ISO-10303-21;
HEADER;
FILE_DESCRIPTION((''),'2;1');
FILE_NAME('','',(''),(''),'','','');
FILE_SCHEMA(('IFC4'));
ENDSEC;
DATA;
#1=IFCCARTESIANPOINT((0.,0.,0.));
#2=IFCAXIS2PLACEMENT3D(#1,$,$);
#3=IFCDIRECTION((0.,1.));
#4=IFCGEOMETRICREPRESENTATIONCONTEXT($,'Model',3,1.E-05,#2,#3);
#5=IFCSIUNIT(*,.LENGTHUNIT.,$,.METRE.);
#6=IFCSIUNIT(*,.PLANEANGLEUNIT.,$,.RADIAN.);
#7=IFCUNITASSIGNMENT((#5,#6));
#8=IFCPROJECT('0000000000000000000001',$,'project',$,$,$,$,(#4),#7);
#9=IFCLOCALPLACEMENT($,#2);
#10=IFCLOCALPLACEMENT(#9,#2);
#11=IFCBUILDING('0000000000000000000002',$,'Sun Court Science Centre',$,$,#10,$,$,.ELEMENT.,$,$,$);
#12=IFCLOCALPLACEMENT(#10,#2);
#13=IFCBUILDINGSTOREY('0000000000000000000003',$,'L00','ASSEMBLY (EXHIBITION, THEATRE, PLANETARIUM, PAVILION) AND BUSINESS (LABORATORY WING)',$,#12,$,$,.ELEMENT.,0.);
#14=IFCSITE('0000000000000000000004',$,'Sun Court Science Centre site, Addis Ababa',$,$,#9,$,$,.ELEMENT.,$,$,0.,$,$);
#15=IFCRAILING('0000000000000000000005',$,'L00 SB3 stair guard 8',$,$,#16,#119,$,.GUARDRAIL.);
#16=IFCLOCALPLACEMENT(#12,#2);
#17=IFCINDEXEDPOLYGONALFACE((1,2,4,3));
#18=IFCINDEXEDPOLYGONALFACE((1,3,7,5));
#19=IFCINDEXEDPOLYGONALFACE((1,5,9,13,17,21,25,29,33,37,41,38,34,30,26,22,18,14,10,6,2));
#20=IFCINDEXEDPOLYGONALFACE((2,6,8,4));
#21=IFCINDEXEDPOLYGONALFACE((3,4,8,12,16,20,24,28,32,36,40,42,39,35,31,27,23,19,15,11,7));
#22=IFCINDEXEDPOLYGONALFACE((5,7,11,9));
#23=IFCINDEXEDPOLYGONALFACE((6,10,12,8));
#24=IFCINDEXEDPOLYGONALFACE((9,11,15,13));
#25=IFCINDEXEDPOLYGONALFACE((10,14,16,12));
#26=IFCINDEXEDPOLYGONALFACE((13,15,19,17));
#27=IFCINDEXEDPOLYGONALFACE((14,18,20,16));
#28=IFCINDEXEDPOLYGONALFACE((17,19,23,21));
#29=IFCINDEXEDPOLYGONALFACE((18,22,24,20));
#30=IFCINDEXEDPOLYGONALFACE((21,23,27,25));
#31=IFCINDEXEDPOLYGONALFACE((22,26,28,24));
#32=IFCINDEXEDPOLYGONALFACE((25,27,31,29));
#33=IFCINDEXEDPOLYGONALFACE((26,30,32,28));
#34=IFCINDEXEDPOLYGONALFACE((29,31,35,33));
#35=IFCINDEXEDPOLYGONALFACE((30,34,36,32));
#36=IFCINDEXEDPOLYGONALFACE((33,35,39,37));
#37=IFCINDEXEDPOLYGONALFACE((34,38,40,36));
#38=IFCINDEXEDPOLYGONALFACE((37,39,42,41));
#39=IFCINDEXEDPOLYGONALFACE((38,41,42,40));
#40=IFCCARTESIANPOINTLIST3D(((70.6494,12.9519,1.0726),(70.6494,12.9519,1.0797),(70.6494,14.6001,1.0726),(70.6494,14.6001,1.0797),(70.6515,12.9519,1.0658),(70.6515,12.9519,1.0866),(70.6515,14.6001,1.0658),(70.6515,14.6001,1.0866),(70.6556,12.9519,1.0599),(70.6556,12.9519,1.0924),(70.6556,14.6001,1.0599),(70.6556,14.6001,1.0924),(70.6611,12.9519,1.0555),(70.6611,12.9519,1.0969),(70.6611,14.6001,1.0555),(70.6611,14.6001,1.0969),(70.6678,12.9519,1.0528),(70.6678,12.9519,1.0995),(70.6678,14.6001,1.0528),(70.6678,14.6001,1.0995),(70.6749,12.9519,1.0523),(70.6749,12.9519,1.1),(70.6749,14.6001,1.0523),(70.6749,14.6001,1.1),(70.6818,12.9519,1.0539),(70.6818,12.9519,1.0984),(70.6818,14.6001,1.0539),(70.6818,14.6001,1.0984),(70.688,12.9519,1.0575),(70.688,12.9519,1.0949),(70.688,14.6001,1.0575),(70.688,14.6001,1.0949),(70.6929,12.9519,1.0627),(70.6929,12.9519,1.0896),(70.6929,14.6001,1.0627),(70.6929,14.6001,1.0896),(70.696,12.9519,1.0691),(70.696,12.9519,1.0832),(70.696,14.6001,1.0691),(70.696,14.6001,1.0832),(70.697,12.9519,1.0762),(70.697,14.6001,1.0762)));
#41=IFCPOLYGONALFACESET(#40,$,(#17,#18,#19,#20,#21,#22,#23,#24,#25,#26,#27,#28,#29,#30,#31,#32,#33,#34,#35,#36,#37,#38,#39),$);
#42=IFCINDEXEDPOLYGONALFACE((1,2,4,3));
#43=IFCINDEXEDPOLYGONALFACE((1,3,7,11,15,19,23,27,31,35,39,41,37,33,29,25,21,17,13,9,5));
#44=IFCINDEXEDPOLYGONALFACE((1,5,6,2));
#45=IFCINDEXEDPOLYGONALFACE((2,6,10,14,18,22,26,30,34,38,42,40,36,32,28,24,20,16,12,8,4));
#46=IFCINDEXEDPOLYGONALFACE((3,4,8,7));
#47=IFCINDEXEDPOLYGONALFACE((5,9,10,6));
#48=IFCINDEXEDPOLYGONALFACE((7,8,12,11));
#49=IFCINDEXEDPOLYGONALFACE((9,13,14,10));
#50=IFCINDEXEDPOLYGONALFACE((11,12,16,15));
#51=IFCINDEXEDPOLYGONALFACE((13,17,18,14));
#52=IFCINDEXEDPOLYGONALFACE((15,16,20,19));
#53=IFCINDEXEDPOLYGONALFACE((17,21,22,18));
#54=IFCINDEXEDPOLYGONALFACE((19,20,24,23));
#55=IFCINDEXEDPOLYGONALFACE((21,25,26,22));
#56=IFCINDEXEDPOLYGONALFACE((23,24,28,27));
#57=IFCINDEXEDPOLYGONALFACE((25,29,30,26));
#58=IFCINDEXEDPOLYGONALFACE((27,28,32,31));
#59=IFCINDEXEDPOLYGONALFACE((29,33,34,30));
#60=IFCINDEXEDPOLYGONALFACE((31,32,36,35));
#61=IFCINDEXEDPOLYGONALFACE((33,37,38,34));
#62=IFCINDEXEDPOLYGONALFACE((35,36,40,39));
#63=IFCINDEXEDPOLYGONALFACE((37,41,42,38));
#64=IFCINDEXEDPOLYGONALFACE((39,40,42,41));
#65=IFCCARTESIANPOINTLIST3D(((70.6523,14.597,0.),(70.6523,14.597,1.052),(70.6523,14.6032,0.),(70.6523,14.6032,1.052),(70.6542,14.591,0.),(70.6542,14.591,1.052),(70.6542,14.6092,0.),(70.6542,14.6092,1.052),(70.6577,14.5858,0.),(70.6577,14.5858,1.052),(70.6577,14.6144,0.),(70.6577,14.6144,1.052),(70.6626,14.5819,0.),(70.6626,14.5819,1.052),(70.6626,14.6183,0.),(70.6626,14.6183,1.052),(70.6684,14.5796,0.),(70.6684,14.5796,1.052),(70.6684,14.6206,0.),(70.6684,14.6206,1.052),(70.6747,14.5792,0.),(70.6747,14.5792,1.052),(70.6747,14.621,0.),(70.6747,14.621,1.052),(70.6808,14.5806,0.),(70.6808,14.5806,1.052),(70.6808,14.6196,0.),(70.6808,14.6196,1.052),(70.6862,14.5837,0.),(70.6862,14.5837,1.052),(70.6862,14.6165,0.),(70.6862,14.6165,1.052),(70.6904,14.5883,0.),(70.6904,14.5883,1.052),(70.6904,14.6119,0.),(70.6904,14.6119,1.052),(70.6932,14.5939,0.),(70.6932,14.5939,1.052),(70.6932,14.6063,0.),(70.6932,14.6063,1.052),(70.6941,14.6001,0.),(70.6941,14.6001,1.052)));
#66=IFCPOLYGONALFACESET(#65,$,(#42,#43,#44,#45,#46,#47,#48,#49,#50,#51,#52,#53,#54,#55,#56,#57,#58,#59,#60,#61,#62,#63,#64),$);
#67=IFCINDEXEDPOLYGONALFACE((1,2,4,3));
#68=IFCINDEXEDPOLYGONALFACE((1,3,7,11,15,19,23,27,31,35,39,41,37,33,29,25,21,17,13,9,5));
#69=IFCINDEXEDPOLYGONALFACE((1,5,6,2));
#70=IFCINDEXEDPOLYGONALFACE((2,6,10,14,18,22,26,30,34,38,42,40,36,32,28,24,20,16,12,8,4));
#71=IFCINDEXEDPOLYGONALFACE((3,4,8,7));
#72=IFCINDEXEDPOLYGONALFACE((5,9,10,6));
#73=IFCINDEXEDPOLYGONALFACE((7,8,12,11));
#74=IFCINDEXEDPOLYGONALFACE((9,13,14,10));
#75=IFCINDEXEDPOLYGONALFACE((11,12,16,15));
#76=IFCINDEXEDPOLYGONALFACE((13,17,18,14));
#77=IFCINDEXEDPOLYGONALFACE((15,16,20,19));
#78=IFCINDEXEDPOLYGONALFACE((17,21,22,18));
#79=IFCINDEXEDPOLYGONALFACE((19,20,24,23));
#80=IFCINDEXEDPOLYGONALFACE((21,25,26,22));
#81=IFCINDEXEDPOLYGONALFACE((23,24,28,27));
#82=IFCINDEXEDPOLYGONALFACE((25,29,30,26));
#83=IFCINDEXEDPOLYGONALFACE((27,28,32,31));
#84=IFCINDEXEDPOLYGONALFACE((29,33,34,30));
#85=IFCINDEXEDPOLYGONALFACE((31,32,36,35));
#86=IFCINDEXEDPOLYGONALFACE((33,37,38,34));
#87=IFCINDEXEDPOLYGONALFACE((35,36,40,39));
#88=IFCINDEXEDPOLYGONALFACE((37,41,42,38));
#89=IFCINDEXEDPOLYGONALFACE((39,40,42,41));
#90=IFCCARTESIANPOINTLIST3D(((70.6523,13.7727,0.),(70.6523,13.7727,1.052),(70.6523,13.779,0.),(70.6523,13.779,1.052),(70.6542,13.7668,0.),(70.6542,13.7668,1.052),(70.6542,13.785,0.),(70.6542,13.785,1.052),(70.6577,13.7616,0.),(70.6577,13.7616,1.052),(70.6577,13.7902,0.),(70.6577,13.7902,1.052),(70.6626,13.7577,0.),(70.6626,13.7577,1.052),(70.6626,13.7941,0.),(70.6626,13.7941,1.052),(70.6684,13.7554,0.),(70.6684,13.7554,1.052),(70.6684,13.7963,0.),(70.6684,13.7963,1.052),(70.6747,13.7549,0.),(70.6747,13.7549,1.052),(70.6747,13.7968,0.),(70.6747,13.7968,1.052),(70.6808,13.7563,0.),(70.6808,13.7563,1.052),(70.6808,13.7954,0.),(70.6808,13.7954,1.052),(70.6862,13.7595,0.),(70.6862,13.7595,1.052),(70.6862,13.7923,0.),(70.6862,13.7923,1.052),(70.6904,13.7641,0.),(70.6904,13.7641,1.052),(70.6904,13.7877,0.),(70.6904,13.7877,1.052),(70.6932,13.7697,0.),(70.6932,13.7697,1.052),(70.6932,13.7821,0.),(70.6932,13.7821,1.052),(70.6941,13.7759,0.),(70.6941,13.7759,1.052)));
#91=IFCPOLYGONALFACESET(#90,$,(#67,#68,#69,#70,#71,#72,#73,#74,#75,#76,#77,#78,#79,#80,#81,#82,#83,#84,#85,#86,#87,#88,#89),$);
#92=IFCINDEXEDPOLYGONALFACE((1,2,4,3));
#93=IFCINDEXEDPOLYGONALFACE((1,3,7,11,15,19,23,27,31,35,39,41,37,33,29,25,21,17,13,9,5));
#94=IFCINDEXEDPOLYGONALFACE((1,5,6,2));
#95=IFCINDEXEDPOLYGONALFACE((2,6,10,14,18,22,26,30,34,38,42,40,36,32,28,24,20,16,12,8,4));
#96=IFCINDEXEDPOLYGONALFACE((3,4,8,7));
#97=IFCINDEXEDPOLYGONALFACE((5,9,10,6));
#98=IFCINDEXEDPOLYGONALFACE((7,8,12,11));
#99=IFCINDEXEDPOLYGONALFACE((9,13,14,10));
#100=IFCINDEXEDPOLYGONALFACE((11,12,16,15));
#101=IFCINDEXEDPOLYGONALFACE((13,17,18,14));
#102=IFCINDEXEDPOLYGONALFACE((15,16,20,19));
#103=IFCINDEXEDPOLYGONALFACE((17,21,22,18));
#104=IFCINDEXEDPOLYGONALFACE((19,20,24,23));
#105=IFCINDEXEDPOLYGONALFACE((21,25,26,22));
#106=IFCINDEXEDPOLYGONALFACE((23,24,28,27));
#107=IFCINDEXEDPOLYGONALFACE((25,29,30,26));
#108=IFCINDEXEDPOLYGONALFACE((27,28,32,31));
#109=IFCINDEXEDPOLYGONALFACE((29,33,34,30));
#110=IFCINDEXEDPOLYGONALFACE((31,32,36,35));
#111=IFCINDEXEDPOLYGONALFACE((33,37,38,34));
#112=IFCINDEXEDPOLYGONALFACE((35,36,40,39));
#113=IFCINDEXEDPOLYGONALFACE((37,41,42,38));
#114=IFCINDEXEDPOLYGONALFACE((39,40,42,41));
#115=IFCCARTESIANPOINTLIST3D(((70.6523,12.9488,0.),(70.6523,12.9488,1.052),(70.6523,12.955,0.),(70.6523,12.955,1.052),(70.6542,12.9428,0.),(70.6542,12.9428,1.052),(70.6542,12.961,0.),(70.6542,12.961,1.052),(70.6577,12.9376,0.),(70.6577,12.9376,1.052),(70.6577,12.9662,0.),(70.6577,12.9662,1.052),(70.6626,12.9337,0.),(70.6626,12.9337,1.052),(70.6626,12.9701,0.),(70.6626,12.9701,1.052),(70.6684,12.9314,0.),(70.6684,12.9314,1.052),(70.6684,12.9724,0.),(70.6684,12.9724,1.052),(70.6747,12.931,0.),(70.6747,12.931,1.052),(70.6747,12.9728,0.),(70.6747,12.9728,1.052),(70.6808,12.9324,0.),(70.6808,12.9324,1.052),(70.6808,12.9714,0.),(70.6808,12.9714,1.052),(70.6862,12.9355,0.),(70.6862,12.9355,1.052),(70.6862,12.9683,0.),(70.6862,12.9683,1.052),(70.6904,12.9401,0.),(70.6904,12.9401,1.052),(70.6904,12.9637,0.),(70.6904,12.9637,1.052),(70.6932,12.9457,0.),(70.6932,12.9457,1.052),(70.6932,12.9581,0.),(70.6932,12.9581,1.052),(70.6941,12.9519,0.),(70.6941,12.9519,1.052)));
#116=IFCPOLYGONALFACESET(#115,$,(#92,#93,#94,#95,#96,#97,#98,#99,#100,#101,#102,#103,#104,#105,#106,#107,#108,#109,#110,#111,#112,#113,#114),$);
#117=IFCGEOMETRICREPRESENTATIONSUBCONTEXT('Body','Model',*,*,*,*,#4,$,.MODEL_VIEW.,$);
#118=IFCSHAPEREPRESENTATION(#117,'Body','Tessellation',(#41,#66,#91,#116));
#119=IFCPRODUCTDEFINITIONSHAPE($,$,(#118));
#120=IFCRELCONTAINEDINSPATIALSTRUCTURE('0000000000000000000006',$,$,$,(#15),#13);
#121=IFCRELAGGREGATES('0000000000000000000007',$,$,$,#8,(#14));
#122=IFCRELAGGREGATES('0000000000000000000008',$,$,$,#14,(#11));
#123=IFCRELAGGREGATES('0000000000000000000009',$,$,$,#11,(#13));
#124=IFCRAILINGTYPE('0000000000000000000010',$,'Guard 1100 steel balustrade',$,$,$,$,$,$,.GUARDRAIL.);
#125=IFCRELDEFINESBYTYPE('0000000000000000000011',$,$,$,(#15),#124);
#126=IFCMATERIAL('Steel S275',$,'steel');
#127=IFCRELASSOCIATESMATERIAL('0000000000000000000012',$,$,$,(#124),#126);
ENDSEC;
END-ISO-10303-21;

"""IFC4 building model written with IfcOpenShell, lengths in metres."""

from ifc_helpers import new_model, si_unit, direction, frame, origin, origin_2d, place, context, subcontext, project, spatial, circle, extrude, material, type_object, element, save


model = new_model("IFC4")

# Units and contexts
model_context = context("Model", 3, precision=1e-05, world=origin(), true_north=direction((0.0, 1.0)))
body_context = subcontext(model_context, "Body", "Model", "MODEL_VIEW")
ifc_project = project(units=[si_unit("LENGTHUNIT", "METRE"), si_unit("PLANEANGLEUNIT", "RADIAN")], contexts=[model_context])

# Site, building, storey
site_placement = place(None, origin())
site = spatial("IfcSite", under=ifc_project, at=site_placement, Name="Sun Court Science Centre site, Addis Ababa", CompositionType="ELEMENT", RefElevation=0.0)
building_placement = place(site_placement, origin())
building = spatial("IfcBuilding", under=site, at=building_placement, Name="Sun Court Science Centre", CompositionType="ELEMENT")
storey_placement = place(building_placement, origin())
storey = spatial("IfcBuildingStorey", under=building, at=storey_placement, Name="L00", Description="ASSEMBLY (EXHIBITION, THEATRE, PLANETARIUM, PAVILION) AND BUSINESS (LABORATORY WING)", CompositionType="ELEMENT", Elevation=0.0)

# Railing
ifc_material_1 = material(Name="Steel S275", Category="steel")
railing_type = type_object("IfcRailingType", Name="Guard 1100 steel balustrade", PredefinedType="GUARDRAIL", material=ifc_material_1)
railing_placement = place(storey_placement, frame((70.6731, 14.6001, 0.0)))
element("IfcRailing", 1, at=railing_placement, inside=storey, type_object=railing_type, Name="L00 SB3 stair guard 8", PredefinedType="GUARDRAIL", context=body_context, shape_type="SweptSolid", body=[
    extrude(circle(Radius=0.0239, at=origin_2d()), frame((0.0, 0.0, 1.0762), z_axis=(0.0, -1.0, 0.0), x_axis=(1.0, 0.0, 0.0)), (0.0, 0.0, 1.0), 1.6482),
    extrude(circle(Radius=0.021, at=origin_2d()), origin(), (0.0, 0.0, 1.0), 1.052),
    extrude(circle(Radius=0.021, at=origin_2d()), frame((0.0, -0.8242, 0.0)), (0.0, 0.0, 1.0), 1.052),
    extrude(circle(Radius=0.021, at=origin_2d()), frame((0.0, -1.6482, 0.0)), (0.0, 0.0, 1.0), 1.052),
])

save(model, "model.ifc")
